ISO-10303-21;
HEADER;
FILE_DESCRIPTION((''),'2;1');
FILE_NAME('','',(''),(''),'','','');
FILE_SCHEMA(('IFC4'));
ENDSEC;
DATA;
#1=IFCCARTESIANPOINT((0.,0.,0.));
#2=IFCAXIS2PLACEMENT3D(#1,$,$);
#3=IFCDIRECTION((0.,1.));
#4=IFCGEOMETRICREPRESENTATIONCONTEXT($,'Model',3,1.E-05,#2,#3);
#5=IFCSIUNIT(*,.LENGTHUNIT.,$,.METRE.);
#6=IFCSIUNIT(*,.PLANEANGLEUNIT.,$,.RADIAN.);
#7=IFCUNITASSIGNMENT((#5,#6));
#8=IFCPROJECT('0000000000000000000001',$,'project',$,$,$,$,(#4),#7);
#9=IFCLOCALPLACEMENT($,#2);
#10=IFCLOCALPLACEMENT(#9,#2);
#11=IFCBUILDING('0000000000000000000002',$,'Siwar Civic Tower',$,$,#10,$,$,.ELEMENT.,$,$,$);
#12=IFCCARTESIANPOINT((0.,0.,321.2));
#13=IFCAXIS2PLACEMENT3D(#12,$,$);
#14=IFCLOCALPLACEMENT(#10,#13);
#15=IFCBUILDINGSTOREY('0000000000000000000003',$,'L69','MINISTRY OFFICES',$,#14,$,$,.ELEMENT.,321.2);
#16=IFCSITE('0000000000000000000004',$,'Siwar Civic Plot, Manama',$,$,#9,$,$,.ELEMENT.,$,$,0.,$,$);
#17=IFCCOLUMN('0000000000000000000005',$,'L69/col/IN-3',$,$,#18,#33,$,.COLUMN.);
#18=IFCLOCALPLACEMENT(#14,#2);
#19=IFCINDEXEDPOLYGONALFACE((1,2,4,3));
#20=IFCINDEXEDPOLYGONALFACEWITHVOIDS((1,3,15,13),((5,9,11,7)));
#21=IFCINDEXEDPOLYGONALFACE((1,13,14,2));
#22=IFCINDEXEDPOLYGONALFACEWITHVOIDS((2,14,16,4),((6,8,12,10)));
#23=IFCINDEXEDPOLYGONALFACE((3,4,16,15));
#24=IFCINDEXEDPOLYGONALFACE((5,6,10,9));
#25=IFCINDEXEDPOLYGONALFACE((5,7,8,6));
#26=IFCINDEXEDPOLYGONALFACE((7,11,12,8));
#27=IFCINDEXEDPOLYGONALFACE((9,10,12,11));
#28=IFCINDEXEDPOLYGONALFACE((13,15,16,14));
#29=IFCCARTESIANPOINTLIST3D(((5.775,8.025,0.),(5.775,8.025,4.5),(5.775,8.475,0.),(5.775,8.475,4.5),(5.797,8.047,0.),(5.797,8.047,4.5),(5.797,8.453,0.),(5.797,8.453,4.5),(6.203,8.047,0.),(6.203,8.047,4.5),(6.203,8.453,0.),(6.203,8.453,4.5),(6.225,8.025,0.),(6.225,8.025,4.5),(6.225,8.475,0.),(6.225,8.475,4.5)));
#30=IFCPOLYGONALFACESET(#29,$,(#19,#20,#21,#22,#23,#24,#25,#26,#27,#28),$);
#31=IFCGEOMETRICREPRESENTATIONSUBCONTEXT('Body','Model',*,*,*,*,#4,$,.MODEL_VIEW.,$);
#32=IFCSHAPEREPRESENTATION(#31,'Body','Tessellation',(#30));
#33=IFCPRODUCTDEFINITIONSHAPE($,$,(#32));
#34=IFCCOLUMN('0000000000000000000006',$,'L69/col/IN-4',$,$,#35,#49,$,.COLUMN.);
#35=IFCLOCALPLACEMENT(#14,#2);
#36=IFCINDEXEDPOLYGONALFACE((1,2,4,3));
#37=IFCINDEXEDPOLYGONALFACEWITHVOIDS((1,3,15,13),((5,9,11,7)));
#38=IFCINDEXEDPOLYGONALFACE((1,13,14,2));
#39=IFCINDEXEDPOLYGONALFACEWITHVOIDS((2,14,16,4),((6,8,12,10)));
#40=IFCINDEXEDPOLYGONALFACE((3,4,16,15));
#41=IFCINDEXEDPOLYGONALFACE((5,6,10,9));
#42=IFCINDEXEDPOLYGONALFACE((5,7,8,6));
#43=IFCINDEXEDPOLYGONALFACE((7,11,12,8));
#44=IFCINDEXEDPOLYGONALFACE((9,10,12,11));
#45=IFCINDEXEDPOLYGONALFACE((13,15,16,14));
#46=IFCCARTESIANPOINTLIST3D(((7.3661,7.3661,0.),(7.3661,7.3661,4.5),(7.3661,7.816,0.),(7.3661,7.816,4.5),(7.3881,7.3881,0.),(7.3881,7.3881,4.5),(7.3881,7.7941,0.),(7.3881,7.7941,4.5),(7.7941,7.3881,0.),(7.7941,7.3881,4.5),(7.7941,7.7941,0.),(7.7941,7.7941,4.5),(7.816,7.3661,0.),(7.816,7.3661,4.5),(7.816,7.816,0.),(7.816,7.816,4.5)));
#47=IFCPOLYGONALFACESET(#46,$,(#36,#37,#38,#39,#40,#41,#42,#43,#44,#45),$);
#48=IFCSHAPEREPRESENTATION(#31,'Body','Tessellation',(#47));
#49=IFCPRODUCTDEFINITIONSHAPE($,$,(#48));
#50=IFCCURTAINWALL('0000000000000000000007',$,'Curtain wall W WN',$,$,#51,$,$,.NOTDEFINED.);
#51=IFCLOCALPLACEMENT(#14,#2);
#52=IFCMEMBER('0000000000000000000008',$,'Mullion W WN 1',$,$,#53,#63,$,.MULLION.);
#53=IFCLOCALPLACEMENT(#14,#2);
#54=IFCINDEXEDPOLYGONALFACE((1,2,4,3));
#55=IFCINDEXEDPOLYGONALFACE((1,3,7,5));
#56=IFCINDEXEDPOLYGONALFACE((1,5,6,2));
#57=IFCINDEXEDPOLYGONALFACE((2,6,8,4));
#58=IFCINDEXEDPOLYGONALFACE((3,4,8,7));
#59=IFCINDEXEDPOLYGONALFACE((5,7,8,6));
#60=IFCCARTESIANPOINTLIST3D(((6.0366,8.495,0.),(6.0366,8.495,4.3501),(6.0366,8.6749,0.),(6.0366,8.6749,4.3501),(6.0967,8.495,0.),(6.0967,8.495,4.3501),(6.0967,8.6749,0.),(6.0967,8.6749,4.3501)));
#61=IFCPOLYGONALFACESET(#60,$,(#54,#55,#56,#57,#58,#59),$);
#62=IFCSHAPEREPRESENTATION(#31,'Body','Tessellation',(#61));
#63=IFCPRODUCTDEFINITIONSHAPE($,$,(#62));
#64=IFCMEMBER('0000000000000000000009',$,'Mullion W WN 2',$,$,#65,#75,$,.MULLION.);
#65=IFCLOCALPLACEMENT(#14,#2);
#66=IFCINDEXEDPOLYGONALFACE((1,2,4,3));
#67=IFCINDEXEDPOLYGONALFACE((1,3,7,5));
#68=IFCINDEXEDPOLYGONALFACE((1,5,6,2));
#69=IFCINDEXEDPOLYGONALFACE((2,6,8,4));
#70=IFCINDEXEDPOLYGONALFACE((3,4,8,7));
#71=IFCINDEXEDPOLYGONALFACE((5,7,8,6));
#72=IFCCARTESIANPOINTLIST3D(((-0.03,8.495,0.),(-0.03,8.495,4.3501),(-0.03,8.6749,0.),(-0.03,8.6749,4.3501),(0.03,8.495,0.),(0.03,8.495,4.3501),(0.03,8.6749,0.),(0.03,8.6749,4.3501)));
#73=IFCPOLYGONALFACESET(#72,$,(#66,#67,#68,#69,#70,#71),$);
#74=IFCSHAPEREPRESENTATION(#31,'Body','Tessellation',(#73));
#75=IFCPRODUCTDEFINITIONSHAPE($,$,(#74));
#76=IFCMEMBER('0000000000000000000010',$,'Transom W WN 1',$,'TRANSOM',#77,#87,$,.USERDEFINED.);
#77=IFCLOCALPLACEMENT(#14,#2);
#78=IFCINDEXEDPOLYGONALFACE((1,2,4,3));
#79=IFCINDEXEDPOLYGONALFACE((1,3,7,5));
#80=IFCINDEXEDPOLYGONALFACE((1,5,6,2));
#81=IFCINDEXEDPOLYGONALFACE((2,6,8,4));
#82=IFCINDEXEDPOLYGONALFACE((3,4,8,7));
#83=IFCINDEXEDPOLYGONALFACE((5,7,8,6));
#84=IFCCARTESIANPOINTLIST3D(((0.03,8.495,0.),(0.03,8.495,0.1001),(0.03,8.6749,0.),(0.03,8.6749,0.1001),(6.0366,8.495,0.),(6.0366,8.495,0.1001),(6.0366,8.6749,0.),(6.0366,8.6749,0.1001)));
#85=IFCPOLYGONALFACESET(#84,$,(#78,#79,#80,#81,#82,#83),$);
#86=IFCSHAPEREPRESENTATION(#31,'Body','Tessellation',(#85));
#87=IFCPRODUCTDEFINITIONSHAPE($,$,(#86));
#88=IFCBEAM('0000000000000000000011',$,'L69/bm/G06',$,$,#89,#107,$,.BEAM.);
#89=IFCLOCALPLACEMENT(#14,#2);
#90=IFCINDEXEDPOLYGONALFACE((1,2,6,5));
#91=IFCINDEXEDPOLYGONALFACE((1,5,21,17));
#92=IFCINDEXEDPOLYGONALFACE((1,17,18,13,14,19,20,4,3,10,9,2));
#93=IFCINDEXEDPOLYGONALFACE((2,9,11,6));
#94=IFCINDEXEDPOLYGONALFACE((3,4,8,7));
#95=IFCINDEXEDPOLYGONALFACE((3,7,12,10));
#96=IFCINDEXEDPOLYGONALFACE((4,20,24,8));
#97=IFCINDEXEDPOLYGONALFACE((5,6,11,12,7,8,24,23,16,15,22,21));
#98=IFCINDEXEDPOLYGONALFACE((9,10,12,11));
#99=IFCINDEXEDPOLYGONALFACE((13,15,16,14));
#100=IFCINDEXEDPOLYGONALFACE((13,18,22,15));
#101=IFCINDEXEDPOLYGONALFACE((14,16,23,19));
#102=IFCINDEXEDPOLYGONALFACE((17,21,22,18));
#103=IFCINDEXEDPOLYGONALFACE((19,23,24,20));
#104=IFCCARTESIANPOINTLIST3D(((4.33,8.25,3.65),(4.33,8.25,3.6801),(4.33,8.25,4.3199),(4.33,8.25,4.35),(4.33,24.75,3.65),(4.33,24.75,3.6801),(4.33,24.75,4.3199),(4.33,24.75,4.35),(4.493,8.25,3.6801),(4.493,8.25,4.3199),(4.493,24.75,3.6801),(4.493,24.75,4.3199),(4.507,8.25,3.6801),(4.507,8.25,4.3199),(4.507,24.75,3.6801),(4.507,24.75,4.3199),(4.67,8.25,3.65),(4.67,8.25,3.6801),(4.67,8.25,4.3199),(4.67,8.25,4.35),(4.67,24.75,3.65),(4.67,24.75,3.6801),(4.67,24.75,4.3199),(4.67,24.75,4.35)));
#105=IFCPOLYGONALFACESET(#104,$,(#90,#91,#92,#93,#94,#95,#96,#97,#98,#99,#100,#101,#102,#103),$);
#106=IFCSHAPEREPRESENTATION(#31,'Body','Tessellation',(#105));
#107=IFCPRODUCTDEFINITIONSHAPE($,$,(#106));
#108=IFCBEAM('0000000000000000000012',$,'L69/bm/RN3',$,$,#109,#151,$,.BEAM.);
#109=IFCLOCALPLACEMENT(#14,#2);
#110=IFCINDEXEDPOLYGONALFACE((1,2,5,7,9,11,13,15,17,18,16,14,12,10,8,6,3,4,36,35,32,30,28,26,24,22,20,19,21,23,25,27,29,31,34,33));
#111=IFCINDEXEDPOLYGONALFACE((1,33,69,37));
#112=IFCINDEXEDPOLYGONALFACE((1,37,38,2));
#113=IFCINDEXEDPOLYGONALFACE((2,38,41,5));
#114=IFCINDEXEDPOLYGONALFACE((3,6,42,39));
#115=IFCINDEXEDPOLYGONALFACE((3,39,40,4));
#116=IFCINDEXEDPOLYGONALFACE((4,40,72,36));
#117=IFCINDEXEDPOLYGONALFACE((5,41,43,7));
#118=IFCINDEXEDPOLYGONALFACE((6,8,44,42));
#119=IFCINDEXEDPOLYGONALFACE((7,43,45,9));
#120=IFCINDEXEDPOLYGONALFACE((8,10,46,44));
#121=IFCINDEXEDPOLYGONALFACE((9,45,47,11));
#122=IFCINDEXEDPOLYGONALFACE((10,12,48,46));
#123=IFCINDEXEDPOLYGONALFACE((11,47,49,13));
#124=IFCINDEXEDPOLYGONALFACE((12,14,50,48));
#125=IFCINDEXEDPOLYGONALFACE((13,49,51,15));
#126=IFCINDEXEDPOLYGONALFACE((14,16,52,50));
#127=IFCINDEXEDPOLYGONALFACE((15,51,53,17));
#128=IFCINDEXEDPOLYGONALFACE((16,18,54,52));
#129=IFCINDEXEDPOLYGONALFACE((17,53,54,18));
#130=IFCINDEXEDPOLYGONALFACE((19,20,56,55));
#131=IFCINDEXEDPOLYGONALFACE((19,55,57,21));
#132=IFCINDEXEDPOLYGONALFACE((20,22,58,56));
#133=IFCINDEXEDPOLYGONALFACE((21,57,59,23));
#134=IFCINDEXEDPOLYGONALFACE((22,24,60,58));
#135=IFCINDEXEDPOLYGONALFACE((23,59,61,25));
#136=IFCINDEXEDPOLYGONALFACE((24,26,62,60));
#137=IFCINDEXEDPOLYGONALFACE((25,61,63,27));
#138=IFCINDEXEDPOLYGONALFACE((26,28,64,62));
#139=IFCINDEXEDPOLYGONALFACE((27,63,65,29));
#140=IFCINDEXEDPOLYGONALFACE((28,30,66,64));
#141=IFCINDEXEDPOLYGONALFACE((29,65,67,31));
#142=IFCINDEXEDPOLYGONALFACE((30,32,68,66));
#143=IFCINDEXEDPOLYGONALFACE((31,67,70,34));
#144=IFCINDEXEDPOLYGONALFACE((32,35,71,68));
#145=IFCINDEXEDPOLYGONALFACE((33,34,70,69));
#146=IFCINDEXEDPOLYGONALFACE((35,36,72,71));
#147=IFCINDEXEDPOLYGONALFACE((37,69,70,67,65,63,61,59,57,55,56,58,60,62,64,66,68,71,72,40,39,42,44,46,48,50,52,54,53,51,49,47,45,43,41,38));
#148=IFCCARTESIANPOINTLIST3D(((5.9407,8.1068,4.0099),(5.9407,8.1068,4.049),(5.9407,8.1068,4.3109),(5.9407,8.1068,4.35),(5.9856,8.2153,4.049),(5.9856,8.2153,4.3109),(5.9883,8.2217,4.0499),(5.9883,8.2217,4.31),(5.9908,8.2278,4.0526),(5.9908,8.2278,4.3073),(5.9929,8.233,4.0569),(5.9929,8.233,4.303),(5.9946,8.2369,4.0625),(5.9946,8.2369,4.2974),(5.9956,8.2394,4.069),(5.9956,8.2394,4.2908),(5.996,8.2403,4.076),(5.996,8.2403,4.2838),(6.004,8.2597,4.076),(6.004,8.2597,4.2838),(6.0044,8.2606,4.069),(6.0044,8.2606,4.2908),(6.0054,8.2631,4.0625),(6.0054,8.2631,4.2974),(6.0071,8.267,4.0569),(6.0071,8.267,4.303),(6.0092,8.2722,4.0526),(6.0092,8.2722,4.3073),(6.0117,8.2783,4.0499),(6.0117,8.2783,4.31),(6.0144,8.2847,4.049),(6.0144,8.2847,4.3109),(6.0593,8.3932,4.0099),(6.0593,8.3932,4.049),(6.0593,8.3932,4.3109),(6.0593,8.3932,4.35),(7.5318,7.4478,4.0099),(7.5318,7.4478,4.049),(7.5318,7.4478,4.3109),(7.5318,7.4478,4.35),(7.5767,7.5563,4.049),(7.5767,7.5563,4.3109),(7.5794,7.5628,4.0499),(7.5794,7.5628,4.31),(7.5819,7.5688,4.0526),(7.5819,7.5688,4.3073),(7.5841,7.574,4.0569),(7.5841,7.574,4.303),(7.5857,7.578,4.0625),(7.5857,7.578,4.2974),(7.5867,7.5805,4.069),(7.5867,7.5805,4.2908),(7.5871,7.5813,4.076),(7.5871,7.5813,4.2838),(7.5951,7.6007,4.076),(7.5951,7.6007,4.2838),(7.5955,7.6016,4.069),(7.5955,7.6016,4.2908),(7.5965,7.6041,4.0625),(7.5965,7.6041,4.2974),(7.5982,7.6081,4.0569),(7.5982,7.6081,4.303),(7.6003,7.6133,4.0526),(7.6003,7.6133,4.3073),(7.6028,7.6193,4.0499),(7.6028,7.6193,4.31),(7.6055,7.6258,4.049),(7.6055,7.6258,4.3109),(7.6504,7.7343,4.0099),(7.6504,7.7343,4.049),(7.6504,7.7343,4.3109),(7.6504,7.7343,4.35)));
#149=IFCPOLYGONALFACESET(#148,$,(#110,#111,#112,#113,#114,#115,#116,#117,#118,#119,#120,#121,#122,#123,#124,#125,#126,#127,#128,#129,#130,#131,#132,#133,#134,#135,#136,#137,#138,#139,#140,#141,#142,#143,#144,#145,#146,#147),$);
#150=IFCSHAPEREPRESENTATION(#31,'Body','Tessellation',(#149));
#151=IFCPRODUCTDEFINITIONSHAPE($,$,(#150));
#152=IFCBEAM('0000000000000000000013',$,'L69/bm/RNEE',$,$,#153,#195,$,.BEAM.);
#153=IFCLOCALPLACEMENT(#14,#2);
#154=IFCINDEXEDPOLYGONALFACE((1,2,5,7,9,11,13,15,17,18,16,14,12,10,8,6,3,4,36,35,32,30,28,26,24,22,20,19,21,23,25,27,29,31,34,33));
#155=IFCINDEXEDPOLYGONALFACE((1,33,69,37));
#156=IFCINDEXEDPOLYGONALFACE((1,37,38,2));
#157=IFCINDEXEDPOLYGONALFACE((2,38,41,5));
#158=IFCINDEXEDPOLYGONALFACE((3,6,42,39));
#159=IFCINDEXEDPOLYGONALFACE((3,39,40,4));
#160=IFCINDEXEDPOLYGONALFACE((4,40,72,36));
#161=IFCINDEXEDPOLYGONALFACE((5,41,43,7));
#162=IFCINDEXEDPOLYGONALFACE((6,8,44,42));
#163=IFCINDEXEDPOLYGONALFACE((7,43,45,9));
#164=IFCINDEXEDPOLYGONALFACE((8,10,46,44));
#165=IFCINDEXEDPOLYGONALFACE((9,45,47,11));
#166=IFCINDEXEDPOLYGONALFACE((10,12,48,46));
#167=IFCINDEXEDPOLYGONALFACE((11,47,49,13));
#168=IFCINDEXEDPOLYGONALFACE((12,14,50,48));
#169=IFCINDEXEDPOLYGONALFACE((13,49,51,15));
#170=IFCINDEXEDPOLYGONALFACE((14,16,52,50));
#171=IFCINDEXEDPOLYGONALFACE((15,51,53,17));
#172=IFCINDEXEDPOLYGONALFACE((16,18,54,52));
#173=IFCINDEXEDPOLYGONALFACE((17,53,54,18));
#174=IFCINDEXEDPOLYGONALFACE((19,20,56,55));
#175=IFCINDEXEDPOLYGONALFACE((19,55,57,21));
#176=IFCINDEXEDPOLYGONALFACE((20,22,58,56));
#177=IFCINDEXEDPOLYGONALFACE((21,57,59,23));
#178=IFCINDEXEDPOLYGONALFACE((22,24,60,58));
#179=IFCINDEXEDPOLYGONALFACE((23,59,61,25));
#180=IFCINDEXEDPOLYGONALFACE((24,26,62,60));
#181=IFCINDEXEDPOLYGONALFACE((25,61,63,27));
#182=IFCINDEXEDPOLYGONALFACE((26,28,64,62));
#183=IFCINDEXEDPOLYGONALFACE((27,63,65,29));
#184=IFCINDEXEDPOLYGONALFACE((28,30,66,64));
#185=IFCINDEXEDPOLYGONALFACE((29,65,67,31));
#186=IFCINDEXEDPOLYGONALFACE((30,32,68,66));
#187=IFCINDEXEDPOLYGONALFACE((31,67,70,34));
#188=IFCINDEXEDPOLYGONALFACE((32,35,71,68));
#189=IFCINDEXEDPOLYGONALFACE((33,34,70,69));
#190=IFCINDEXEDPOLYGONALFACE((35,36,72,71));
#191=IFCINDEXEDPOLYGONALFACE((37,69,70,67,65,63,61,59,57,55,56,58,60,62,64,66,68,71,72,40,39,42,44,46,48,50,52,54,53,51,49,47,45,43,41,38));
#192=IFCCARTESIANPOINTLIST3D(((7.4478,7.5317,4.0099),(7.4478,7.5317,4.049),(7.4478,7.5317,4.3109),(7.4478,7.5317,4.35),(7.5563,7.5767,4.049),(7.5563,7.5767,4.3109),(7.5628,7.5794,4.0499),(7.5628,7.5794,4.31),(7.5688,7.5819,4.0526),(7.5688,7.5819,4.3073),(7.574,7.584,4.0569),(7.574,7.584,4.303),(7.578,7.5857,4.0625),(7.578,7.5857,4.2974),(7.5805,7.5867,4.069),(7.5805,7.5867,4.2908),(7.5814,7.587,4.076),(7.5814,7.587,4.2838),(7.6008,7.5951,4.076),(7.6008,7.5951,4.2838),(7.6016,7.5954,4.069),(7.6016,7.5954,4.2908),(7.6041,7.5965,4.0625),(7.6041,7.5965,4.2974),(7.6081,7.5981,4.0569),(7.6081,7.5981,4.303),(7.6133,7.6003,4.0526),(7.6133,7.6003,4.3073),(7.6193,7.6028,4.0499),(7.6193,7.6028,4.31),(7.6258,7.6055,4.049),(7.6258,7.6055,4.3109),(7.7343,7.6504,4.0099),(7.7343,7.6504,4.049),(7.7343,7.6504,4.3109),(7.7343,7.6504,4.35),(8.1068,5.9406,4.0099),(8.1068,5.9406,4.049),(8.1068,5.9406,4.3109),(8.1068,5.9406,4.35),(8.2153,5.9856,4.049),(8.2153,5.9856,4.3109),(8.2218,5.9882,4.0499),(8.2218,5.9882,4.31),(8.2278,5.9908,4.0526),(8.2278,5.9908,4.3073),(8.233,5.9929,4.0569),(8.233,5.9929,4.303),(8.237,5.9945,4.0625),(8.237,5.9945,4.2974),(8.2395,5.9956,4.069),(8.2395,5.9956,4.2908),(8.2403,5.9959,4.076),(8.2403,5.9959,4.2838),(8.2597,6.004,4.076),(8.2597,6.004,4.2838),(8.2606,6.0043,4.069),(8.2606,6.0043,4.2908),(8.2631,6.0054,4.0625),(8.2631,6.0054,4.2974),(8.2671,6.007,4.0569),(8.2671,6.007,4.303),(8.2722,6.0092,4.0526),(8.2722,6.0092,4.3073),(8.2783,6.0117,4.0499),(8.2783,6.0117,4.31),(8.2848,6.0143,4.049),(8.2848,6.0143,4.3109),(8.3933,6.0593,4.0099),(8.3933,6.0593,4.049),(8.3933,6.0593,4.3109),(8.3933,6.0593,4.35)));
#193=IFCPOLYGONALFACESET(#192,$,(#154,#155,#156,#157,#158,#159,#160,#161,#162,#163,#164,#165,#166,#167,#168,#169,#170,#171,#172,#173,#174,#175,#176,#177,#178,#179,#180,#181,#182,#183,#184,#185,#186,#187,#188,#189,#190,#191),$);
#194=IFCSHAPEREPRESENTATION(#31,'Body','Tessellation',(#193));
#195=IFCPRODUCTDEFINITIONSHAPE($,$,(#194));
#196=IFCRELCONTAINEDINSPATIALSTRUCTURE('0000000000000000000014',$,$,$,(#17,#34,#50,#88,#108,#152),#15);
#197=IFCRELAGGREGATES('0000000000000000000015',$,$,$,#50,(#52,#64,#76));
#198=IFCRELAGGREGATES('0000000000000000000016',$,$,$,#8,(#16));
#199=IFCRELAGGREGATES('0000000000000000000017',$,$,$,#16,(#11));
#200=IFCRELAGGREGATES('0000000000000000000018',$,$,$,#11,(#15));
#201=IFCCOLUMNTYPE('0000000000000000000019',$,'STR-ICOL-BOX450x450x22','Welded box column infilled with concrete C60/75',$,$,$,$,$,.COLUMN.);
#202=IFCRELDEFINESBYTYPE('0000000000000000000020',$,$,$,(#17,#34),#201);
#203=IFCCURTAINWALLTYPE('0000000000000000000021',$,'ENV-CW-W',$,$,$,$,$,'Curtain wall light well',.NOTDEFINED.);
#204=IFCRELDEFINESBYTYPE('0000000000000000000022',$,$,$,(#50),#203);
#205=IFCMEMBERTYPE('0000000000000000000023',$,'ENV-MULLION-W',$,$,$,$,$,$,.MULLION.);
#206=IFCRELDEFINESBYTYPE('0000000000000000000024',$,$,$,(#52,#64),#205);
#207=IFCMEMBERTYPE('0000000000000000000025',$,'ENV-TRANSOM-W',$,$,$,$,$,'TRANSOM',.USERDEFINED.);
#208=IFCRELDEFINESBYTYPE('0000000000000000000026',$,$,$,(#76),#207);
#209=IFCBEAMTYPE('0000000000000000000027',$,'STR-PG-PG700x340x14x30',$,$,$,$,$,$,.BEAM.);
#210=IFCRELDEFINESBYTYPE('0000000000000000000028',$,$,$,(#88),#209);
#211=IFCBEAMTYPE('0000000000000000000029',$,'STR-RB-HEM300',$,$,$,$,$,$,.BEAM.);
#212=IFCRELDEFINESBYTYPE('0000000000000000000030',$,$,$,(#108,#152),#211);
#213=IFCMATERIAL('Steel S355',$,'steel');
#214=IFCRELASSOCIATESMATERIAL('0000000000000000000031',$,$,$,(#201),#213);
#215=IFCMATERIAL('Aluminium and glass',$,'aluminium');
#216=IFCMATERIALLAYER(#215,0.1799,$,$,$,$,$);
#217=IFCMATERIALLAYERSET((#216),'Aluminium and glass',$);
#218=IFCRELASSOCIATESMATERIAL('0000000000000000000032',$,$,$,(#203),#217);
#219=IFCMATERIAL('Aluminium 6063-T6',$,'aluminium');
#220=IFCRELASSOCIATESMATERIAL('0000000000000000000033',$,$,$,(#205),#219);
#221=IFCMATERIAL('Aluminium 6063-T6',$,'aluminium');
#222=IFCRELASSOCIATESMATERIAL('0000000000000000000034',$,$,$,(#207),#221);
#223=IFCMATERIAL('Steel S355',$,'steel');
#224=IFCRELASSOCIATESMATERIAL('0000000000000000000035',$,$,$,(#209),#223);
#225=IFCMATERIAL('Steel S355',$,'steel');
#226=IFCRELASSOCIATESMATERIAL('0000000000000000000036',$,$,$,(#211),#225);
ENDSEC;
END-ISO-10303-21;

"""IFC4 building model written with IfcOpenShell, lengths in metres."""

from ifc_helpers import new_model, si_unit, direction, frame, origin, origin_2d, place, context, subcontext, project, spatial, rectangle, hollow_rectangle, i_section, extrude, material, layer, layer_set, material_profile, profile_set, type_object, element, aggregate, save


model = new_model("IFC4")

# Units and contexts
model_context = context("Model", 3, precision=1e-05, world=origin(), true_north=direction((0.0, 1.0)))
body_context = subcontext(model_context, "Body", "Model", "MODEL_VIEW")
ifc_project = project(units=[si_unit("LENGTHUNIT", "METRE"), si_unit("PLANEANGLEUNIT", "RADIAN")], contexts=[model_context])

# Site, building, storey
site_placement = place(None, origin())
site = spatial("IfcSite", under=ifc_project, at=site_placement, Name="Siwar Civic Plot, Manama", CompositionType="ELEMENT", RefElevation=0.0)
building_placement = place(site_placement, origin())
building = spatial("IfcBuilding", under=site, at=building_placement, Name="Siwar Civic Tower", CompositionType="ELEMENT")
storey_placement = place(building_placement, frame((0.0, 0.0, 321.2)))
storey = spatial("IfcBuildingStorey", under=building, at=storey_placement, Name="L69", Description="MINISTRY OFFICES", CompositionType="ELEMENT", Elevation=321.2)

# Columns
ifc_material_1 = material(Name="Steel S355", Category="steel")
ifc_material_profile_1 = material_profile(ifc_material_1, hollow_rectangle(XDim=0.45, YDim=0.45, WallThickness=0.022, at=origin_2d()), Name="BOX450x450x22")
ifc_profile_set_1 = profile_set([ifc_material_profile_1], Name="Steel S355")
column_type = type_object("IfcColumnType", Name="STR-ICOL-BOX450x450x22", Description="Welded box column infilled with concrete C60/75", PredefinedType="COLUMN", material=ifc_profile_set_1)
for number, where, z_axis, x_axis, name in (
    (1, (6.0, 8.25, 0.0), (0.0, 0.0, 1.0), (1.0, 0.0, 0.0), "L69/col/IN-3"),
    (2, (7.5911, 7.5911, 0.0), (0.0, 0.0, 1.0), (1.0, 0.0, 0.0), "L69/col/IN-4"),
):
    element("IfcColumn", number, at=place(storey_placement, frame(where, z_axis=z_axis, x_axis=x_axis)), inside=storey, type_object=column_type, Name=name, PredefinedType="COLUMN", context=body_context, shape_type="SweptSolid", body=[
        extrude(hollow_rectangle(XDim=0.45, YDim=0.45, WallThickness=0.022, at=origin_2d()), origin(), (0.0, 0.0, 1.0), 4.5),
    ])

# Curtain wall, members
ifc_material_2 = material(Name="Aluminium and glass", Category="aluminium")
ifc_layer_1 = layer(ifc_material_2, 0.1799)
ifc_layer_set_1 = layer_set([ifc_layer_1], Name="Aluminium and glass")
curtain_wall_type = type_object("IfcCurtainWallType", Name="ENV-CW-W", ElementType="Curtain wall light well", PredefinedType="NOTDEFINED", material=ifc_layer_set_1)
curtain_wall_placement = place(storey_placement, origin())
curtain_wall = element("IfcCurtainWall", 3, at=curtain_wall_placement, inside=storey, type_object=curtain_wall_type, Name="Curtain wall W WN", PredefinedType="NOTDEFINED")
ifc_material_3 = material(Name="Aluminium 6063-T6", Category="aluminium")
ifc_material_profile_2 = material_profile(ifc_material_3, rectangle(XDim=0.1799, YDim=0.0601, at=origin_2d()), Name="AL 180x60")
ifc_profile_set_2 = profile_set([ifc_material_profile_2], Name="Aluminium 6063-T6")
member_type_1 = type_object("IfcMemberType", Name="ENV-MULLION-W", PredefinedType="MULLION", material=ifc_profile_set_2)
member_1_placement = place(storey_placement, frame((6.0667, 8.585, 0.0), z_axis=(0.0, 0.0, 1.0), x_axis=(0.0, -1.0, 0.0)))
member_1 = element("IfcMember", 4, at=member_1_placement, type_object=member_type_1, Name="Mullion W WN 1", PredefinedType="MULLION", context=body_context, shape_type="SweptSolid", body=[
    extrude(rectangle(XDim=0.1799, YDim=0.0601, at=origin_2d()), origin(), (0.0, 0.0, 1.0), 4.3501),
])
member_2_placement = place(storey_placement, frame((0.0, 8.585, 0.0), z_axis=(0.0, 0.0, 1.0), x_axis=(0.0, -1.0, 0.0)))
member_2 = element("IfcMember", 5, at=member_2_placement, type_object=member_type_1, Name="Mullion W WN 2", PredefinedType="MULLION", context=body_context, shape_type="SweptSolid", body=[
    extrude(rectangle(XDim=0.1799, YDim=0.0601, at=origin_2d()), origin(), (0.0, 0.0, 1.0), 4.3501),
])
ifc_material_4 = material(Name="Aluminium 6063-T6", Category="aluminium")
ifc_material_profile_3 = material_profile(ifc_material_4, rectangle(XDim=0.1799, YDim=0.1001, at=origin_2d()), Name="AL 180x100")
ifc_profile_set_3 = profile_set([ifc_material_profile_3], Name="Aluminium 6063-T6")
member_type_2 = type_object("IfcMemberType", Name="ENV-TRANSOM-W", ElementType="TRANSOM", PredefinedType="USERDEFINED", material=ifc_profile_set_3)
member_3_placement = place(storey_placement, frame((6.0366, 8.585, 0.05), z_axis=(-1.0, 0.0, 0.0), x_axis=(0.0, -1.0, 0.0)))
member_3 = element("IfcMember", 6, at=member_3_placement, type_object=member_type_2, Name="Transom W WN 1", ObjectType="TRANSOM", PredefinedType="USERDEFINED", context=body_context, shape_type="SweptSolid", body=[
    extrude(rectangle(XDim=0.1799, YDim=0.1001, at=origin_2d()), origin(), (0.0, 0.0, 1.0), 6.0066),
])

# Beams
ifc_material_5 = material(Name="Steel S355", Category="steel")
ifc_material_profile_4 = material_profile(ifc_material_5, i_section(OverallWidth=0.3401, OverallDepth=0.7, WebThickness=0.0139, FlangeThickness=0.03, at=origin_2d()), Name="PG700x340x14x30")
ifc_profile_set_4 = profile_set([ifc_material_profile_4], Name="Steel S355")
beam_type_1 = type_object("IfcBeamType", Name="STR-PG-PG700x340x14x30", PredefinedType="BEAM", material=ifc_profile_set_4)
beam_placement = place(storey_placement, frame((4.5, 8.25, 4.0), z_axis=(0.0, 1.0, 0.0), x_axis=(-1.0, 0.0, 0.0)))
element("IfcBeam", 7, at=beam_placement, inside=storey, type_object=beam_type_1, Name="L69/bm/G06", PredefinedType="BEAM", context=body_context, shape_type="SweptSolid", body=[
    extrude(i_section(OverallWidth=0.3401, OverallDepth=0.7, WebThickness=0.0139, FlangeThickness=0.03, at=origin_2d()), origin(), (0.0, 0.0, 1.0), 16.5),
])
ifc_material_6 = material(Name="Steel S355", Category="steel")
ifc_material_profile_5 = material_profile(ifc_material_6, i_section(OverallWidth=0.3101, OverallDepth=0.3401, WebThickness=0.021, FlangeThickness=0.0391, FilletRadius=0.0271, at=origin_2d()), Name="HEM300")
ifc_profile_set_5 = profile_set([ifc_material_profile_5], Name="Steel S355")
beam_type_2 = type_object("IfcBeamType", Name="STR-RB-HEM300", PredefinedType="BEAM", material=ifc_profile_set_5)
for number, where, z_axis, x_axis, name in (
    (8, (6.0, 8.25, 4.1799), (0.923901, -0.382631, 0.0), (0.382631, 0.923901, 0.0), "L69/bm/RN3"),
    (9, (7.5911, 7.5911, 4.1799), (0.382631, -0.923901, 0.0), (0.923901, 0.382631, 0.0), "L69/bm/RNEE"),
):
    element("IfcBeam", number, at=place(storey_placement, frame(where, z_axis=z_axis, x_axis=x_axis)), inside=storey, type_object=beam_type_2, Name=name, PredefinedType="BEAM", context=body_context, shape_type="SweptSolid", body=[
        extrude(i_section(OverallWidth=0.3101, OverallDepth=0.3401, WebThickness=0.021, FlangeThickness=0.0391, FilletRadius=0.0271, at=origin_2d()), origin(), (0.0, 0.0, 1.0), 1.7222),
    ])

aggregate(curtain_wall, [member_1, member_2, member_3])

save(model, "model.ifc")
